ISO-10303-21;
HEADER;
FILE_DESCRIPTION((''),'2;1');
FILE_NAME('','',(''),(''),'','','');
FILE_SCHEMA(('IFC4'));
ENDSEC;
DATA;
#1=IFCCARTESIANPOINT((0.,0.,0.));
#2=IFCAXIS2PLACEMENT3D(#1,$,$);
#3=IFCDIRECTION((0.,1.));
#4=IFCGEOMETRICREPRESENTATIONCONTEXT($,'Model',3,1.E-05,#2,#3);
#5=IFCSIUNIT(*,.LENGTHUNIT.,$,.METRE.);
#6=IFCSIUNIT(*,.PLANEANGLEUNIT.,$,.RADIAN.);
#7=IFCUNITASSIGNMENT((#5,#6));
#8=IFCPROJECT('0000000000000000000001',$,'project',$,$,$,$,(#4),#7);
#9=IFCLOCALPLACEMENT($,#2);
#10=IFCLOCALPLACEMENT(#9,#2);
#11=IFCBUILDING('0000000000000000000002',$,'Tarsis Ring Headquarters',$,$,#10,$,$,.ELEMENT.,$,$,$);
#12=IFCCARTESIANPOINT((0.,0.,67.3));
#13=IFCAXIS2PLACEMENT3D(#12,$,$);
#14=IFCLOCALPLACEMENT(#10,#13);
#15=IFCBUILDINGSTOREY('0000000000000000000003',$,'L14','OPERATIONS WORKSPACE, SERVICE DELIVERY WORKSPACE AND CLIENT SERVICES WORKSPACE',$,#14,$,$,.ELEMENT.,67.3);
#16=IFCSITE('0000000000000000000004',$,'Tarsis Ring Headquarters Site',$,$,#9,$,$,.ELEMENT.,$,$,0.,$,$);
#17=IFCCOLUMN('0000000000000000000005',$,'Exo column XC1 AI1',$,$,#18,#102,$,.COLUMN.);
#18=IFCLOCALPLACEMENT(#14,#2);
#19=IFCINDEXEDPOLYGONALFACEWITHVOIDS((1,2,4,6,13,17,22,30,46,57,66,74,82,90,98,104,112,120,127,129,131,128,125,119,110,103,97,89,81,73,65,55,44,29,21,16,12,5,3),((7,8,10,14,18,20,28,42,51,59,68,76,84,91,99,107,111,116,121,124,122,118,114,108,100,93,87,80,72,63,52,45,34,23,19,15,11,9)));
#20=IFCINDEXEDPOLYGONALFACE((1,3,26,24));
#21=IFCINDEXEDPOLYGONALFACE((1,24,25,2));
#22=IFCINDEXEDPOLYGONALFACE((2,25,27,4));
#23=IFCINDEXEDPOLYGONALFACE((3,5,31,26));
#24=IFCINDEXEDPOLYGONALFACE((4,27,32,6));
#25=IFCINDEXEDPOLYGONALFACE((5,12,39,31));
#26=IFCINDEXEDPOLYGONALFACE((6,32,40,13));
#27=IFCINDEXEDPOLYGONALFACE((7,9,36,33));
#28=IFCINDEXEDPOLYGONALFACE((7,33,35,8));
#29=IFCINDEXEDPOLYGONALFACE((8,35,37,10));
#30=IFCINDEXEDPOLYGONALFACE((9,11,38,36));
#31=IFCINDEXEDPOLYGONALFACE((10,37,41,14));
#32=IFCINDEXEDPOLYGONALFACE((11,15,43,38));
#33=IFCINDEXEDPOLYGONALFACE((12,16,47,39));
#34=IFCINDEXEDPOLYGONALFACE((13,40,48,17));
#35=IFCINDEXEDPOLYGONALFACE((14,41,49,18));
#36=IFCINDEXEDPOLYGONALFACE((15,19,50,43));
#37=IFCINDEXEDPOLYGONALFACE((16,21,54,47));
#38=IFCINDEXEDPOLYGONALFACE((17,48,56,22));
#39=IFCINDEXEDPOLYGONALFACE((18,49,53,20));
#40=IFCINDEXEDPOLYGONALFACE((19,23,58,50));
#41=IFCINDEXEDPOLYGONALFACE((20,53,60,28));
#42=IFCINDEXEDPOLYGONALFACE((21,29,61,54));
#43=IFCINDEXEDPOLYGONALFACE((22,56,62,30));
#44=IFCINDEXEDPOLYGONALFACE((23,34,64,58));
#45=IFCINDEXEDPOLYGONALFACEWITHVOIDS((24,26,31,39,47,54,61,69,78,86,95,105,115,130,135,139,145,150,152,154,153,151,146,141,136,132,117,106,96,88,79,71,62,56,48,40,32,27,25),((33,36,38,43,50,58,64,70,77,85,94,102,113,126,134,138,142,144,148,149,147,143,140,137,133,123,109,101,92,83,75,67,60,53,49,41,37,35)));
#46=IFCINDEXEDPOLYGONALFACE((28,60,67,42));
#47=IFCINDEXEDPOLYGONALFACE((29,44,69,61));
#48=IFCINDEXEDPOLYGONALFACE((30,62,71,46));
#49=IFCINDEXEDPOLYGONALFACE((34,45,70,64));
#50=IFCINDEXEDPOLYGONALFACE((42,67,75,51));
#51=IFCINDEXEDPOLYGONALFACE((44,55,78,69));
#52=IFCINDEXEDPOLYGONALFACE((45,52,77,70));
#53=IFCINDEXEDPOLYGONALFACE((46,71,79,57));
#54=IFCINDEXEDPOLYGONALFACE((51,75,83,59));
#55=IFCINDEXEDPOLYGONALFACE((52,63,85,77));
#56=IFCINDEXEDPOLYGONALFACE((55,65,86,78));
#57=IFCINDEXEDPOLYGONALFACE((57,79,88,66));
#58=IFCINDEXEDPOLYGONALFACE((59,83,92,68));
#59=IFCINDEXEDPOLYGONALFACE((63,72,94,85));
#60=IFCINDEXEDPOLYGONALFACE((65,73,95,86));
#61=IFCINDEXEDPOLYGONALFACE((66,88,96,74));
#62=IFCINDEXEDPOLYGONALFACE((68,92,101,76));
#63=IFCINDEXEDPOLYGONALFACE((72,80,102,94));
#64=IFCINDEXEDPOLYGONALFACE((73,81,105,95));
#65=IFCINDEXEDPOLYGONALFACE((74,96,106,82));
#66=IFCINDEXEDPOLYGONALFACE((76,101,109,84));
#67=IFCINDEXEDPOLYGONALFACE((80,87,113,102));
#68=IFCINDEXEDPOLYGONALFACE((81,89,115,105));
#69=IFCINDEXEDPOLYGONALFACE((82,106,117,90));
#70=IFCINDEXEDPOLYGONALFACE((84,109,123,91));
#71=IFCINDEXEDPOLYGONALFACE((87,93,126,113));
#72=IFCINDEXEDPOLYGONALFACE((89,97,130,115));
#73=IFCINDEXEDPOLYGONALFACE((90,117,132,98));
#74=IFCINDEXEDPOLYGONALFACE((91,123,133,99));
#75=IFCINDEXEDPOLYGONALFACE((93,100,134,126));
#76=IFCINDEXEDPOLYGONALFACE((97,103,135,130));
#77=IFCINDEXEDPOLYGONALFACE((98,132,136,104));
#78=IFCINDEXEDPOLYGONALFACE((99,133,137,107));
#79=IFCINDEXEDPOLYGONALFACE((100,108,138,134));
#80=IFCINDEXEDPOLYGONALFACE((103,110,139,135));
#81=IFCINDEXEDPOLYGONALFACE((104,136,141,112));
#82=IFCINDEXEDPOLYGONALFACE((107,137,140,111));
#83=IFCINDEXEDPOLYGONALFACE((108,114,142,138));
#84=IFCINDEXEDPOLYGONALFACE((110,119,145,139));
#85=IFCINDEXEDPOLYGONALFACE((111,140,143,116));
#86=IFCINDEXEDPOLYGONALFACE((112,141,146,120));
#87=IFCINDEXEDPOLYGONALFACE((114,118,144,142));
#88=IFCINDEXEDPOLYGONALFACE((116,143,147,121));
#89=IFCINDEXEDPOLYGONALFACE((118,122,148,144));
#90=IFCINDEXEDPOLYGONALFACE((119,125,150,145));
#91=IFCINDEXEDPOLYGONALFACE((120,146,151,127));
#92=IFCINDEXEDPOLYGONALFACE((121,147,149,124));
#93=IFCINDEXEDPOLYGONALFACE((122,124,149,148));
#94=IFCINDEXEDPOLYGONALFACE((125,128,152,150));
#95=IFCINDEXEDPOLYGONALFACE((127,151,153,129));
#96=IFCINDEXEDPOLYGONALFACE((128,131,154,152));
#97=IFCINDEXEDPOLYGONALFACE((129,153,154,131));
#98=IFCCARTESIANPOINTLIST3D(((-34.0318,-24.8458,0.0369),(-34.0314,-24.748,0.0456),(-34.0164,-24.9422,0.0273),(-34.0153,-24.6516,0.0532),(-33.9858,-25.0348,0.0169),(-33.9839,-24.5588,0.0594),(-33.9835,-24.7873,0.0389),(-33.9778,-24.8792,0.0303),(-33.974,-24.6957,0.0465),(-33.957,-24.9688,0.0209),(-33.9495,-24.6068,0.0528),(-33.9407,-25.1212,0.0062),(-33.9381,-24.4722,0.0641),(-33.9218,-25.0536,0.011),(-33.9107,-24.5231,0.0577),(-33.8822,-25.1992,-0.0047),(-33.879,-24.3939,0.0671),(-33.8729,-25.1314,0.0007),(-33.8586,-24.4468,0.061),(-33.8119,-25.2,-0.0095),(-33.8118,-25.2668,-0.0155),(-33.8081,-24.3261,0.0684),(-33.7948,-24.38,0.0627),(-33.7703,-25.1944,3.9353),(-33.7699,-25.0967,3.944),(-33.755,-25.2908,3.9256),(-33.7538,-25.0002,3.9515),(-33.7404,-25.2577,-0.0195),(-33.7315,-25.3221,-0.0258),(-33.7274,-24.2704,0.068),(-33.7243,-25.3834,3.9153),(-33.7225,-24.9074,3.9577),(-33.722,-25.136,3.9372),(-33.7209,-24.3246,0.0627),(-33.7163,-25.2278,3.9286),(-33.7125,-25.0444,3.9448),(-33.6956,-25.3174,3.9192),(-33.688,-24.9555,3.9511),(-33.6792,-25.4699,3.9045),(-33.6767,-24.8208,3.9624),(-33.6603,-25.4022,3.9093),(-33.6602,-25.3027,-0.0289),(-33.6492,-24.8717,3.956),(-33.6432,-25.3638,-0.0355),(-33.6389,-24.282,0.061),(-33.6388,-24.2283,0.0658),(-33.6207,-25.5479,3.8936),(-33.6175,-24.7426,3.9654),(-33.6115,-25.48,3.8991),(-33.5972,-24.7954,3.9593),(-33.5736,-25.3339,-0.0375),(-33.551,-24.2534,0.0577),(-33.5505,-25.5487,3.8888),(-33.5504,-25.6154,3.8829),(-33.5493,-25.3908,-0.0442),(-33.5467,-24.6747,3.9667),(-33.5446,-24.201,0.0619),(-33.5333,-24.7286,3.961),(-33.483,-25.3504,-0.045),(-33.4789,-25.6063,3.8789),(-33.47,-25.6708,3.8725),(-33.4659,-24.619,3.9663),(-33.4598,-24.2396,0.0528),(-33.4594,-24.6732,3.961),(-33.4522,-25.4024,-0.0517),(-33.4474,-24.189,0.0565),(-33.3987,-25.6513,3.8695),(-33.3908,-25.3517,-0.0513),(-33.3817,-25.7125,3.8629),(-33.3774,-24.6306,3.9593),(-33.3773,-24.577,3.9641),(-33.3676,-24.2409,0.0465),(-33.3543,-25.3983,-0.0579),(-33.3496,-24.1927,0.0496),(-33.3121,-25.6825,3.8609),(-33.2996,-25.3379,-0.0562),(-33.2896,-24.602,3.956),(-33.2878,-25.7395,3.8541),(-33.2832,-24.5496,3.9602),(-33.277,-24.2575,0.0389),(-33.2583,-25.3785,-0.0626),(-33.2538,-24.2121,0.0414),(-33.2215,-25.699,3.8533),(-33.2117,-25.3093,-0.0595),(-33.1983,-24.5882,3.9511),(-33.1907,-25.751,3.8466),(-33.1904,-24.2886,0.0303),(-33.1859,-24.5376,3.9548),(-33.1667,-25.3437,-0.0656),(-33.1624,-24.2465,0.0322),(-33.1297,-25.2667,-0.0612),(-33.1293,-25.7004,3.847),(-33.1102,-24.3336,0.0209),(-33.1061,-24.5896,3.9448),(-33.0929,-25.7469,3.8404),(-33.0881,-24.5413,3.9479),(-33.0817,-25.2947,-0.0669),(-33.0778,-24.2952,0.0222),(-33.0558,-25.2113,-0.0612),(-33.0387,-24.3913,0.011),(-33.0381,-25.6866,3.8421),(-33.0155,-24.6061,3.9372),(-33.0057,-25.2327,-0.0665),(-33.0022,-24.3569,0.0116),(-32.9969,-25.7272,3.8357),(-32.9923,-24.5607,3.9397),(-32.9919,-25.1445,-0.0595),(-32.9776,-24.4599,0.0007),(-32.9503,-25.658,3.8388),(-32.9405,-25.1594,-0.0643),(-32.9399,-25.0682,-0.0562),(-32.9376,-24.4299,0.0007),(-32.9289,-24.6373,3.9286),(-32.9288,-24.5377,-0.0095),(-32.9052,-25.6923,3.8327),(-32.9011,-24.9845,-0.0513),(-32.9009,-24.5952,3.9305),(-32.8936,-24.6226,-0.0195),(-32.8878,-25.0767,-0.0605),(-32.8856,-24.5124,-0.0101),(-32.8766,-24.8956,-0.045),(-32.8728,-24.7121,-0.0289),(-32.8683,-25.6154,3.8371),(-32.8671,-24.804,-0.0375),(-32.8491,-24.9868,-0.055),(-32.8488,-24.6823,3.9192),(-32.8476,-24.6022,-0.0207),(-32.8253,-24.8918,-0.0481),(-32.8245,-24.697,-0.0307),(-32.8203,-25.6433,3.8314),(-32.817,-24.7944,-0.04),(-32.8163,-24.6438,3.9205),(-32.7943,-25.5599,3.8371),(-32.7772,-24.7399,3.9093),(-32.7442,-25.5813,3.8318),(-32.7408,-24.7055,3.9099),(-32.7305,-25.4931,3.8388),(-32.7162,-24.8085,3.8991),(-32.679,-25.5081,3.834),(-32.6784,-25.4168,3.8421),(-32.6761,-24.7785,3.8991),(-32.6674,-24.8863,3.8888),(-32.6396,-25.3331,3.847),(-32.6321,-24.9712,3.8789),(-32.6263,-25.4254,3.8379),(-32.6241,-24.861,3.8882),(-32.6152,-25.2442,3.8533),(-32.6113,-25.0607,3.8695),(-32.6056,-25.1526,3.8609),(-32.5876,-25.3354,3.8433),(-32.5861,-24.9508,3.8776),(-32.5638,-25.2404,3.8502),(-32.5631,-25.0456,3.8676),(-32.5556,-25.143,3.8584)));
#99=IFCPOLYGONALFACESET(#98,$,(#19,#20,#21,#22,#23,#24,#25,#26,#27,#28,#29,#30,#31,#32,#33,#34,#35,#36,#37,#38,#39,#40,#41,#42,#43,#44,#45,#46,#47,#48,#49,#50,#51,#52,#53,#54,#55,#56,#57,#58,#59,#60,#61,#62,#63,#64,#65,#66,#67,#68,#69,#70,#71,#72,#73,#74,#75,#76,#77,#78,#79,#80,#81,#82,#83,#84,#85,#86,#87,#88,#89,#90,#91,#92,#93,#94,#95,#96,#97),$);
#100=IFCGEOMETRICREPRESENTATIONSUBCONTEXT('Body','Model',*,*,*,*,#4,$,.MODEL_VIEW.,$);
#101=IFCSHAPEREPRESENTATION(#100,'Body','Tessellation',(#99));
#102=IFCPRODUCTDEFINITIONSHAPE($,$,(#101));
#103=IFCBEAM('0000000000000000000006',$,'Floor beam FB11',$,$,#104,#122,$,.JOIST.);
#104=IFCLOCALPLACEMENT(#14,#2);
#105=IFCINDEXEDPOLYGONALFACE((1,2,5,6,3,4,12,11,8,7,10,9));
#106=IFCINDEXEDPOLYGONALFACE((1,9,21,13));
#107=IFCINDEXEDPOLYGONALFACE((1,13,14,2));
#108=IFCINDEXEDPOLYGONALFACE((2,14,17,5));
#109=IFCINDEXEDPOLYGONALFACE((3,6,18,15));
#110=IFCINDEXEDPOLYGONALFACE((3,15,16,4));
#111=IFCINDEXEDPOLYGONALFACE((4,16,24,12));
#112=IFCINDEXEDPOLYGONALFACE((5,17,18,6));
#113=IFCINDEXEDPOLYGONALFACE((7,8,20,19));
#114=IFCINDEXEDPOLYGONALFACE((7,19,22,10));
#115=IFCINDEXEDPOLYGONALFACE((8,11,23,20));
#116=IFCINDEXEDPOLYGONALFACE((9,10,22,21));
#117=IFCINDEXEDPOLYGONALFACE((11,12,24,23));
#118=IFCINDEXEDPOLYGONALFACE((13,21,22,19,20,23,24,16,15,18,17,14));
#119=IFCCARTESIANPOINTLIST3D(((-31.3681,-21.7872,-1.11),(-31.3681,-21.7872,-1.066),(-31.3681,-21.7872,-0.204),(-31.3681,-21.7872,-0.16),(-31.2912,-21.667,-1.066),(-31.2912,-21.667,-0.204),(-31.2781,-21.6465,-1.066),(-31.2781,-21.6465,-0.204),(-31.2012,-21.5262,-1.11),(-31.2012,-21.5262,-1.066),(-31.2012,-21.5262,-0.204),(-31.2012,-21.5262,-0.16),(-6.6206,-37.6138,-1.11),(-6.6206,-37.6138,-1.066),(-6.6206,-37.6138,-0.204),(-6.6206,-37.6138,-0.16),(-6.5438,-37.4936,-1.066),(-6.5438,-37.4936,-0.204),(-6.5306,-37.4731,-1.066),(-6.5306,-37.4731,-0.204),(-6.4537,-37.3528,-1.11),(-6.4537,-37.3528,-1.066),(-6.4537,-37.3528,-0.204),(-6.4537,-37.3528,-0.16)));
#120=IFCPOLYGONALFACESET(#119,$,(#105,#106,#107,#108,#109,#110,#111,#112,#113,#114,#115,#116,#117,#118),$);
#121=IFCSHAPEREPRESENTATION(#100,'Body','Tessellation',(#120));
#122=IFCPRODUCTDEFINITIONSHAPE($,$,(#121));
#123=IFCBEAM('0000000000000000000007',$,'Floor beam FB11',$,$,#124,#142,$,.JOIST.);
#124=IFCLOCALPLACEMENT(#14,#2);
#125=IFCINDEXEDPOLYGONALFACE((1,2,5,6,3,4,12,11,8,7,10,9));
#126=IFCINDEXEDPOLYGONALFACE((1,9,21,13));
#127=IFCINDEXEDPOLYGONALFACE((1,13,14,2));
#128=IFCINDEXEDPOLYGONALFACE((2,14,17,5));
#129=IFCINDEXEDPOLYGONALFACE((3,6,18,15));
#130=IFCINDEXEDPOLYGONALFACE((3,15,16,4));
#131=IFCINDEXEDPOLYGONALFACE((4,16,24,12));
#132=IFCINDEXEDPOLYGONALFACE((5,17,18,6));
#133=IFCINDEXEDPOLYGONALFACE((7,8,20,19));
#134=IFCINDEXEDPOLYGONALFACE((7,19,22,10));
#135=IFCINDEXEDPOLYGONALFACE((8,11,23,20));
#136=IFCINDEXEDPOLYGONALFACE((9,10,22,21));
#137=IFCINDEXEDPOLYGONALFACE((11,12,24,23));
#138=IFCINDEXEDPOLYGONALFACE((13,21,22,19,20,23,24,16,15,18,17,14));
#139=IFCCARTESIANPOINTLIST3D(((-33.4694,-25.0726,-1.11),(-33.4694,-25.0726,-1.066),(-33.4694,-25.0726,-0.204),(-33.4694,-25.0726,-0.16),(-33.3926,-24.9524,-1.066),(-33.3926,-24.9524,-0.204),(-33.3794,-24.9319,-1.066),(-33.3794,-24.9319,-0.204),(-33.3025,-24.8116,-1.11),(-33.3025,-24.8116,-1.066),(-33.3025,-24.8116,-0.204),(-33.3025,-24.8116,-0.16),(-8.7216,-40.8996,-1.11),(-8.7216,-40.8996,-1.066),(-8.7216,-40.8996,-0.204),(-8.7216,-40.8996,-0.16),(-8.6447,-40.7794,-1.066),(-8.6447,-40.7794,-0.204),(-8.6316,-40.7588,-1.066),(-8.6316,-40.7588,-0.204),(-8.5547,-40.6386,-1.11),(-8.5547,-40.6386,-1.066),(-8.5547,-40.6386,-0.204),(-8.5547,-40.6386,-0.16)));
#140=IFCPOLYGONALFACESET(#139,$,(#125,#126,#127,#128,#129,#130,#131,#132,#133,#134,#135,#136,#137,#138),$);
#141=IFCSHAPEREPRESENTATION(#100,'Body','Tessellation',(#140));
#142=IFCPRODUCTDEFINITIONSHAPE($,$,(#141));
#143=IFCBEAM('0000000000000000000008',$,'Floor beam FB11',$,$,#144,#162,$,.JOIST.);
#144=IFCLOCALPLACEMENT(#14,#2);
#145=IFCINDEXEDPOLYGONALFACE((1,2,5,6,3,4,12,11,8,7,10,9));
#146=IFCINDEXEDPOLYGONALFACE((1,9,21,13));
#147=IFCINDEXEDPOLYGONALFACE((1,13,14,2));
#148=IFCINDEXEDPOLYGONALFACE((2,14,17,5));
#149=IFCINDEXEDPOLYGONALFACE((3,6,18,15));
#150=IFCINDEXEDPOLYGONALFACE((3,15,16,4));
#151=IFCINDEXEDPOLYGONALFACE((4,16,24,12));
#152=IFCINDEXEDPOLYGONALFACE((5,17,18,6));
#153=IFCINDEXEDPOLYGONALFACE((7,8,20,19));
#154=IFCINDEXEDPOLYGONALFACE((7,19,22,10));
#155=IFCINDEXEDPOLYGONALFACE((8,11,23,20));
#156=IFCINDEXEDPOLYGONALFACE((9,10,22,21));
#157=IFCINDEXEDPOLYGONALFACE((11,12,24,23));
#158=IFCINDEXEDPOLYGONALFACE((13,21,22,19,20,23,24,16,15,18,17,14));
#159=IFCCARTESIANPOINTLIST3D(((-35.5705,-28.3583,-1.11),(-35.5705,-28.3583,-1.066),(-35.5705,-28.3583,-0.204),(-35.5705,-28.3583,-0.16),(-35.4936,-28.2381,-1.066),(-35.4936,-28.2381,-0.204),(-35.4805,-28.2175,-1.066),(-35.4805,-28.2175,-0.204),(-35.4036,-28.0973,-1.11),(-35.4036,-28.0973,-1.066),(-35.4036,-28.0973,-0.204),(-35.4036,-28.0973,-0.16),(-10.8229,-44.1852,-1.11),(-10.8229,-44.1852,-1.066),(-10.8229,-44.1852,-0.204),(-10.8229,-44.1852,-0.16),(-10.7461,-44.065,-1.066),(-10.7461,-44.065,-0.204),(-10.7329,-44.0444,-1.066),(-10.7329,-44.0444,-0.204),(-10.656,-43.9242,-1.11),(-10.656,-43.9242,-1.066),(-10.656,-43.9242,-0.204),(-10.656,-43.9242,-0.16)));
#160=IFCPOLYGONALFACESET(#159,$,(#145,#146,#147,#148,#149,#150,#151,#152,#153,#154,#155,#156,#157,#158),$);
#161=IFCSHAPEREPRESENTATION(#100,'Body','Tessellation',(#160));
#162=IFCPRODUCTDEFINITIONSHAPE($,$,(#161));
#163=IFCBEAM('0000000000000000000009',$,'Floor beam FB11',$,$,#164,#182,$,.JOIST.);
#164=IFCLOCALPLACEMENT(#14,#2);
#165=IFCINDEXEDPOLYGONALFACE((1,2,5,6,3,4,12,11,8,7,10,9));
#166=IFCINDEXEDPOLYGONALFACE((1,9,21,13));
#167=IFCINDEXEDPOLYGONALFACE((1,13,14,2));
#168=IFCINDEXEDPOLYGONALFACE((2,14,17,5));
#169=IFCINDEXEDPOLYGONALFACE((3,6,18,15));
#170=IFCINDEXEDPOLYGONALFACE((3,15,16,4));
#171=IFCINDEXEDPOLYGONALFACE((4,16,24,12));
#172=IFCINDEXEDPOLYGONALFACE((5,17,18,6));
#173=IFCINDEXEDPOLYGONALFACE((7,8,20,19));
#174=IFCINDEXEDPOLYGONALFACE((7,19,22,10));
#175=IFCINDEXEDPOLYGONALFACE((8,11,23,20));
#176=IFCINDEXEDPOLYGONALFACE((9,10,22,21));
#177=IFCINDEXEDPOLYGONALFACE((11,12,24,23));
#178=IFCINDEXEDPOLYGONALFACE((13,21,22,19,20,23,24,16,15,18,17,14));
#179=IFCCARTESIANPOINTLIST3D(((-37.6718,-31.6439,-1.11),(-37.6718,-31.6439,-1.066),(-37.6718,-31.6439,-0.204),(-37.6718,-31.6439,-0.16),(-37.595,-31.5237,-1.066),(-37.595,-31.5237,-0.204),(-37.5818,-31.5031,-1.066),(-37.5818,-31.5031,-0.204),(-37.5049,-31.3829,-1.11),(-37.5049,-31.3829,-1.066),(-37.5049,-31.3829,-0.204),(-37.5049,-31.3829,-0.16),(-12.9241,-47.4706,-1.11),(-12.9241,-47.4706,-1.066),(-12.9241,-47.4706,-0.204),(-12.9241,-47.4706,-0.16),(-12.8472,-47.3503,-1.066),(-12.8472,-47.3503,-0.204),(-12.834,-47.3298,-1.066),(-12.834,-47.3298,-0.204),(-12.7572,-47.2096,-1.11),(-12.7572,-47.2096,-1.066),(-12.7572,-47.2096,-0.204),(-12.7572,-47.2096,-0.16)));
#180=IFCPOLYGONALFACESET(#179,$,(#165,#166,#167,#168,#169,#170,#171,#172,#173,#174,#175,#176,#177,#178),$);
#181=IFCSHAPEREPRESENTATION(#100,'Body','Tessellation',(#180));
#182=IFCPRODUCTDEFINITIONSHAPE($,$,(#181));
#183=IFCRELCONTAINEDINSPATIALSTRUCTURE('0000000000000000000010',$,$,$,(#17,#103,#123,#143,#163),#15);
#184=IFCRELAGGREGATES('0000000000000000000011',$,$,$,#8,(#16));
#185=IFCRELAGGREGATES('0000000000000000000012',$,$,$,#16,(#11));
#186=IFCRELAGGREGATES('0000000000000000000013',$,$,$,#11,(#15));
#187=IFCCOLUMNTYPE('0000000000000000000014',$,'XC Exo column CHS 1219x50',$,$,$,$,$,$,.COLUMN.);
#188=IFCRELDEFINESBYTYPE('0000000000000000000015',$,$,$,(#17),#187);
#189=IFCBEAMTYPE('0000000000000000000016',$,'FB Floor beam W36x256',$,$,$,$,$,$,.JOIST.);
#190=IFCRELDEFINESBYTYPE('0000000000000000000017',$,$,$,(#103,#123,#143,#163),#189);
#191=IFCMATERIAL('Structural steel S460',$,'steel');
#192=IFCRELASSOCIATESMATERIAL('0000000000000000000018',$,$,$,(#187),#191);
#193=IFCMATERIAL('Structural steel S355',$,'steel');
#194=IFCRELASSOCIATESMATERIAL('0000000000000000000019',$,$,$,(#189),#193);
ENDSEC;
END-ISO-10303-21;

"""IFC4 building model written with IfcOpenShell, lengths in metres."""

from ifc_helpers import new_model, si_unit, direction, frame, origin, origin_2d, place, context, subcontext, project, spatial, hollow_circle, i_section, extrude, material, material_profile, profile_set, type_object, element, save


model = new_model("IFC4")

# Units and contexts
model_context = context("Model", 3, precision=1e-05, world=origin(), true_north=direction((0.0, 1.0)))
body_context = subcontext(model_context, "Body", "Model", "MODEL_VIEW")
ifc_project = project(units=[si_unit("LENGTHUNIT", "METRE"), si_unit("PLANEANGLEUNIT", "RADIAN")], contexts=[model_context])

# Site, building, storey
site_placement = place(None, origin())
site = spatial("IfcSite", under=ifc_project, at=site_placement, Name="Tarsis Ring Headquarters Site", CompositionType="ELEMENT", RefElevation=0.0)
building_placement = place(site_placement, origin())
building = spatial("IfcBuilding", under=site, at=building_placement, Name="Tarsis Ring Headquarters", CompositionType="ELEMENT")
storey_placement = place(building_placement, frame((0.0, 0.0, 67.3)))
storey = spatial("IfcBuildingStorey", under=building, at=storey_placement, Name="L14", Description="OPERATIONS WORKSPACE, SERVICE DELIVERY WORKSPACE AND CLIENT SERVICES WORKSPACE", CompositionType="ELEMENT", Elevation=67.3)

# Column
ifc_material_1 = material(Name="Structural steel S460", Category="steel")
ifc_material_profile_1 = material_profile(ifc_material_1, hollow_circle(Radius=0.6096, WallThickness=0.05, at=origin_2d()), Name="CHS 1219x50")
ifc_profile_set_1 = profile_set([ifc_material_profile_1], Name="Structural steel S460")
column_type = type_object("IfcColumnType", Name="XC Exo column CHS 1219x50", PredefinedType="COLUMN", material=ifc_profile_set_1)
column_placement = place(storey_placement, frame((-33.4253, -24.7957, 0.0007), z_axis=(0.066656, -0.088875, 0.99381), x_axis=(0.8, 0.6, 0.0)))
element("IfcColumn", 1, at=column_placement, inside=storey, type_object=column_type, Name="Exo column XC1 AI1", PredefinedType="COLUMN", context=body_context, shape_type="SweptSolid", body=[
    extrude(hollow_circle(Radius=0.6096, WallThickness=0.05, at=origin_2d()), origin(), (0.0, 0.0, 1.0), 3.9226),
])

# Beams
ifc_material_2 = material(Name="Structural steel S355", Category="steel")
ifc_material_profile_2 = material_profile(ifc_material_2, i_section(OverallWidth=0.3098, OverallDepth=0.95, WebThickness=0.0244, FlangeThickness=0.0439, at=origin_2d()), Name="W36x256")
ifc_profile_set_2 = profile_set([ifc_material_profile_2], Name="Structural steel S355")
beam_type_1 = type_object("IfcBeamType", Name="FB Floor beam W36x256", PredefinedType="JOIST", material=ifc_profile_set_2)
beam_1_placement = place(storey_placement, frame((-31.2847, -21.6567, -0.635), z_axis=(0.842453, -0.538769, 0.0), x_axis=(0.538769, 0.842453, 0.0)))
element("IfcBeam", 2, at=beam_1_placement, inside=storey, type_object=beam_type_1, Name="Floor beam FB11", PredefinedType="JOIST", context=body_context, shape_type="SweptSolid", body=[
    extrude(i_section(OverallWidth=0.3098, OverallDepth=0.95, WebThickness=0.0244, FlangeThickness=0.0439, at=origin_2d()), origin(), (0.0, 0.0, 1.0), 29.3755),
])
beam_2_placement = place(storey_placement, frame((-33.386, -24.9421, -0.635), z_axis=(0.842452, -0.538771, 0.0), x_axis=(0.538771, 0.842452, 0.0)))
element("IfcBeam", 3, at=beam_2_placement, inside=storey, type_object=beam_type_1, Name="Floor beam FB11", PredefinedType="JOIST", context=body_context, shape_type="SweptSolid", body=[
    extrude(i_section(OverallWidth=0.3098, OverallDepth=0.95, WebThickness=0.0244, FlangeThickness=0.0439, at=origin_2d()), origin(), (0.0, 0.0, 1.0), 29.376),
])
for number, where, z_axis, x_axis, name in (
    (4, (-35.4871, -28.2278, -0.635), (0.84245, -0.538775, 0.0), (0.538775, 0.84245, 0.0), "Floor beam FB11"),
    (5, (-37.5884, -31.5134, -0.635), (0.842456, -0.538765, 0.0), (0.538765, 0.842456, 0.0), "Floor beam FB11"),
):
    element("IfcBeam", number, at=place(storey_placement, frame(where, z_axis=z_axis, x_axis=x_axis)), inside=storey, type_object=beam_type_1, Name=name, PredefinedType="JOIST", context=body_context, shape_type="SweptSolid", body=[
        extrude(i_section(OverallWidth=0.3098, OverallDepth=0.95, WebThickness=0.0244, FlangeThickness=0.0439, at=origin_2d()), origin(), (0.0, 0.0, 1.0), 29.3757),
    ])

save(model, "model.ifc")
